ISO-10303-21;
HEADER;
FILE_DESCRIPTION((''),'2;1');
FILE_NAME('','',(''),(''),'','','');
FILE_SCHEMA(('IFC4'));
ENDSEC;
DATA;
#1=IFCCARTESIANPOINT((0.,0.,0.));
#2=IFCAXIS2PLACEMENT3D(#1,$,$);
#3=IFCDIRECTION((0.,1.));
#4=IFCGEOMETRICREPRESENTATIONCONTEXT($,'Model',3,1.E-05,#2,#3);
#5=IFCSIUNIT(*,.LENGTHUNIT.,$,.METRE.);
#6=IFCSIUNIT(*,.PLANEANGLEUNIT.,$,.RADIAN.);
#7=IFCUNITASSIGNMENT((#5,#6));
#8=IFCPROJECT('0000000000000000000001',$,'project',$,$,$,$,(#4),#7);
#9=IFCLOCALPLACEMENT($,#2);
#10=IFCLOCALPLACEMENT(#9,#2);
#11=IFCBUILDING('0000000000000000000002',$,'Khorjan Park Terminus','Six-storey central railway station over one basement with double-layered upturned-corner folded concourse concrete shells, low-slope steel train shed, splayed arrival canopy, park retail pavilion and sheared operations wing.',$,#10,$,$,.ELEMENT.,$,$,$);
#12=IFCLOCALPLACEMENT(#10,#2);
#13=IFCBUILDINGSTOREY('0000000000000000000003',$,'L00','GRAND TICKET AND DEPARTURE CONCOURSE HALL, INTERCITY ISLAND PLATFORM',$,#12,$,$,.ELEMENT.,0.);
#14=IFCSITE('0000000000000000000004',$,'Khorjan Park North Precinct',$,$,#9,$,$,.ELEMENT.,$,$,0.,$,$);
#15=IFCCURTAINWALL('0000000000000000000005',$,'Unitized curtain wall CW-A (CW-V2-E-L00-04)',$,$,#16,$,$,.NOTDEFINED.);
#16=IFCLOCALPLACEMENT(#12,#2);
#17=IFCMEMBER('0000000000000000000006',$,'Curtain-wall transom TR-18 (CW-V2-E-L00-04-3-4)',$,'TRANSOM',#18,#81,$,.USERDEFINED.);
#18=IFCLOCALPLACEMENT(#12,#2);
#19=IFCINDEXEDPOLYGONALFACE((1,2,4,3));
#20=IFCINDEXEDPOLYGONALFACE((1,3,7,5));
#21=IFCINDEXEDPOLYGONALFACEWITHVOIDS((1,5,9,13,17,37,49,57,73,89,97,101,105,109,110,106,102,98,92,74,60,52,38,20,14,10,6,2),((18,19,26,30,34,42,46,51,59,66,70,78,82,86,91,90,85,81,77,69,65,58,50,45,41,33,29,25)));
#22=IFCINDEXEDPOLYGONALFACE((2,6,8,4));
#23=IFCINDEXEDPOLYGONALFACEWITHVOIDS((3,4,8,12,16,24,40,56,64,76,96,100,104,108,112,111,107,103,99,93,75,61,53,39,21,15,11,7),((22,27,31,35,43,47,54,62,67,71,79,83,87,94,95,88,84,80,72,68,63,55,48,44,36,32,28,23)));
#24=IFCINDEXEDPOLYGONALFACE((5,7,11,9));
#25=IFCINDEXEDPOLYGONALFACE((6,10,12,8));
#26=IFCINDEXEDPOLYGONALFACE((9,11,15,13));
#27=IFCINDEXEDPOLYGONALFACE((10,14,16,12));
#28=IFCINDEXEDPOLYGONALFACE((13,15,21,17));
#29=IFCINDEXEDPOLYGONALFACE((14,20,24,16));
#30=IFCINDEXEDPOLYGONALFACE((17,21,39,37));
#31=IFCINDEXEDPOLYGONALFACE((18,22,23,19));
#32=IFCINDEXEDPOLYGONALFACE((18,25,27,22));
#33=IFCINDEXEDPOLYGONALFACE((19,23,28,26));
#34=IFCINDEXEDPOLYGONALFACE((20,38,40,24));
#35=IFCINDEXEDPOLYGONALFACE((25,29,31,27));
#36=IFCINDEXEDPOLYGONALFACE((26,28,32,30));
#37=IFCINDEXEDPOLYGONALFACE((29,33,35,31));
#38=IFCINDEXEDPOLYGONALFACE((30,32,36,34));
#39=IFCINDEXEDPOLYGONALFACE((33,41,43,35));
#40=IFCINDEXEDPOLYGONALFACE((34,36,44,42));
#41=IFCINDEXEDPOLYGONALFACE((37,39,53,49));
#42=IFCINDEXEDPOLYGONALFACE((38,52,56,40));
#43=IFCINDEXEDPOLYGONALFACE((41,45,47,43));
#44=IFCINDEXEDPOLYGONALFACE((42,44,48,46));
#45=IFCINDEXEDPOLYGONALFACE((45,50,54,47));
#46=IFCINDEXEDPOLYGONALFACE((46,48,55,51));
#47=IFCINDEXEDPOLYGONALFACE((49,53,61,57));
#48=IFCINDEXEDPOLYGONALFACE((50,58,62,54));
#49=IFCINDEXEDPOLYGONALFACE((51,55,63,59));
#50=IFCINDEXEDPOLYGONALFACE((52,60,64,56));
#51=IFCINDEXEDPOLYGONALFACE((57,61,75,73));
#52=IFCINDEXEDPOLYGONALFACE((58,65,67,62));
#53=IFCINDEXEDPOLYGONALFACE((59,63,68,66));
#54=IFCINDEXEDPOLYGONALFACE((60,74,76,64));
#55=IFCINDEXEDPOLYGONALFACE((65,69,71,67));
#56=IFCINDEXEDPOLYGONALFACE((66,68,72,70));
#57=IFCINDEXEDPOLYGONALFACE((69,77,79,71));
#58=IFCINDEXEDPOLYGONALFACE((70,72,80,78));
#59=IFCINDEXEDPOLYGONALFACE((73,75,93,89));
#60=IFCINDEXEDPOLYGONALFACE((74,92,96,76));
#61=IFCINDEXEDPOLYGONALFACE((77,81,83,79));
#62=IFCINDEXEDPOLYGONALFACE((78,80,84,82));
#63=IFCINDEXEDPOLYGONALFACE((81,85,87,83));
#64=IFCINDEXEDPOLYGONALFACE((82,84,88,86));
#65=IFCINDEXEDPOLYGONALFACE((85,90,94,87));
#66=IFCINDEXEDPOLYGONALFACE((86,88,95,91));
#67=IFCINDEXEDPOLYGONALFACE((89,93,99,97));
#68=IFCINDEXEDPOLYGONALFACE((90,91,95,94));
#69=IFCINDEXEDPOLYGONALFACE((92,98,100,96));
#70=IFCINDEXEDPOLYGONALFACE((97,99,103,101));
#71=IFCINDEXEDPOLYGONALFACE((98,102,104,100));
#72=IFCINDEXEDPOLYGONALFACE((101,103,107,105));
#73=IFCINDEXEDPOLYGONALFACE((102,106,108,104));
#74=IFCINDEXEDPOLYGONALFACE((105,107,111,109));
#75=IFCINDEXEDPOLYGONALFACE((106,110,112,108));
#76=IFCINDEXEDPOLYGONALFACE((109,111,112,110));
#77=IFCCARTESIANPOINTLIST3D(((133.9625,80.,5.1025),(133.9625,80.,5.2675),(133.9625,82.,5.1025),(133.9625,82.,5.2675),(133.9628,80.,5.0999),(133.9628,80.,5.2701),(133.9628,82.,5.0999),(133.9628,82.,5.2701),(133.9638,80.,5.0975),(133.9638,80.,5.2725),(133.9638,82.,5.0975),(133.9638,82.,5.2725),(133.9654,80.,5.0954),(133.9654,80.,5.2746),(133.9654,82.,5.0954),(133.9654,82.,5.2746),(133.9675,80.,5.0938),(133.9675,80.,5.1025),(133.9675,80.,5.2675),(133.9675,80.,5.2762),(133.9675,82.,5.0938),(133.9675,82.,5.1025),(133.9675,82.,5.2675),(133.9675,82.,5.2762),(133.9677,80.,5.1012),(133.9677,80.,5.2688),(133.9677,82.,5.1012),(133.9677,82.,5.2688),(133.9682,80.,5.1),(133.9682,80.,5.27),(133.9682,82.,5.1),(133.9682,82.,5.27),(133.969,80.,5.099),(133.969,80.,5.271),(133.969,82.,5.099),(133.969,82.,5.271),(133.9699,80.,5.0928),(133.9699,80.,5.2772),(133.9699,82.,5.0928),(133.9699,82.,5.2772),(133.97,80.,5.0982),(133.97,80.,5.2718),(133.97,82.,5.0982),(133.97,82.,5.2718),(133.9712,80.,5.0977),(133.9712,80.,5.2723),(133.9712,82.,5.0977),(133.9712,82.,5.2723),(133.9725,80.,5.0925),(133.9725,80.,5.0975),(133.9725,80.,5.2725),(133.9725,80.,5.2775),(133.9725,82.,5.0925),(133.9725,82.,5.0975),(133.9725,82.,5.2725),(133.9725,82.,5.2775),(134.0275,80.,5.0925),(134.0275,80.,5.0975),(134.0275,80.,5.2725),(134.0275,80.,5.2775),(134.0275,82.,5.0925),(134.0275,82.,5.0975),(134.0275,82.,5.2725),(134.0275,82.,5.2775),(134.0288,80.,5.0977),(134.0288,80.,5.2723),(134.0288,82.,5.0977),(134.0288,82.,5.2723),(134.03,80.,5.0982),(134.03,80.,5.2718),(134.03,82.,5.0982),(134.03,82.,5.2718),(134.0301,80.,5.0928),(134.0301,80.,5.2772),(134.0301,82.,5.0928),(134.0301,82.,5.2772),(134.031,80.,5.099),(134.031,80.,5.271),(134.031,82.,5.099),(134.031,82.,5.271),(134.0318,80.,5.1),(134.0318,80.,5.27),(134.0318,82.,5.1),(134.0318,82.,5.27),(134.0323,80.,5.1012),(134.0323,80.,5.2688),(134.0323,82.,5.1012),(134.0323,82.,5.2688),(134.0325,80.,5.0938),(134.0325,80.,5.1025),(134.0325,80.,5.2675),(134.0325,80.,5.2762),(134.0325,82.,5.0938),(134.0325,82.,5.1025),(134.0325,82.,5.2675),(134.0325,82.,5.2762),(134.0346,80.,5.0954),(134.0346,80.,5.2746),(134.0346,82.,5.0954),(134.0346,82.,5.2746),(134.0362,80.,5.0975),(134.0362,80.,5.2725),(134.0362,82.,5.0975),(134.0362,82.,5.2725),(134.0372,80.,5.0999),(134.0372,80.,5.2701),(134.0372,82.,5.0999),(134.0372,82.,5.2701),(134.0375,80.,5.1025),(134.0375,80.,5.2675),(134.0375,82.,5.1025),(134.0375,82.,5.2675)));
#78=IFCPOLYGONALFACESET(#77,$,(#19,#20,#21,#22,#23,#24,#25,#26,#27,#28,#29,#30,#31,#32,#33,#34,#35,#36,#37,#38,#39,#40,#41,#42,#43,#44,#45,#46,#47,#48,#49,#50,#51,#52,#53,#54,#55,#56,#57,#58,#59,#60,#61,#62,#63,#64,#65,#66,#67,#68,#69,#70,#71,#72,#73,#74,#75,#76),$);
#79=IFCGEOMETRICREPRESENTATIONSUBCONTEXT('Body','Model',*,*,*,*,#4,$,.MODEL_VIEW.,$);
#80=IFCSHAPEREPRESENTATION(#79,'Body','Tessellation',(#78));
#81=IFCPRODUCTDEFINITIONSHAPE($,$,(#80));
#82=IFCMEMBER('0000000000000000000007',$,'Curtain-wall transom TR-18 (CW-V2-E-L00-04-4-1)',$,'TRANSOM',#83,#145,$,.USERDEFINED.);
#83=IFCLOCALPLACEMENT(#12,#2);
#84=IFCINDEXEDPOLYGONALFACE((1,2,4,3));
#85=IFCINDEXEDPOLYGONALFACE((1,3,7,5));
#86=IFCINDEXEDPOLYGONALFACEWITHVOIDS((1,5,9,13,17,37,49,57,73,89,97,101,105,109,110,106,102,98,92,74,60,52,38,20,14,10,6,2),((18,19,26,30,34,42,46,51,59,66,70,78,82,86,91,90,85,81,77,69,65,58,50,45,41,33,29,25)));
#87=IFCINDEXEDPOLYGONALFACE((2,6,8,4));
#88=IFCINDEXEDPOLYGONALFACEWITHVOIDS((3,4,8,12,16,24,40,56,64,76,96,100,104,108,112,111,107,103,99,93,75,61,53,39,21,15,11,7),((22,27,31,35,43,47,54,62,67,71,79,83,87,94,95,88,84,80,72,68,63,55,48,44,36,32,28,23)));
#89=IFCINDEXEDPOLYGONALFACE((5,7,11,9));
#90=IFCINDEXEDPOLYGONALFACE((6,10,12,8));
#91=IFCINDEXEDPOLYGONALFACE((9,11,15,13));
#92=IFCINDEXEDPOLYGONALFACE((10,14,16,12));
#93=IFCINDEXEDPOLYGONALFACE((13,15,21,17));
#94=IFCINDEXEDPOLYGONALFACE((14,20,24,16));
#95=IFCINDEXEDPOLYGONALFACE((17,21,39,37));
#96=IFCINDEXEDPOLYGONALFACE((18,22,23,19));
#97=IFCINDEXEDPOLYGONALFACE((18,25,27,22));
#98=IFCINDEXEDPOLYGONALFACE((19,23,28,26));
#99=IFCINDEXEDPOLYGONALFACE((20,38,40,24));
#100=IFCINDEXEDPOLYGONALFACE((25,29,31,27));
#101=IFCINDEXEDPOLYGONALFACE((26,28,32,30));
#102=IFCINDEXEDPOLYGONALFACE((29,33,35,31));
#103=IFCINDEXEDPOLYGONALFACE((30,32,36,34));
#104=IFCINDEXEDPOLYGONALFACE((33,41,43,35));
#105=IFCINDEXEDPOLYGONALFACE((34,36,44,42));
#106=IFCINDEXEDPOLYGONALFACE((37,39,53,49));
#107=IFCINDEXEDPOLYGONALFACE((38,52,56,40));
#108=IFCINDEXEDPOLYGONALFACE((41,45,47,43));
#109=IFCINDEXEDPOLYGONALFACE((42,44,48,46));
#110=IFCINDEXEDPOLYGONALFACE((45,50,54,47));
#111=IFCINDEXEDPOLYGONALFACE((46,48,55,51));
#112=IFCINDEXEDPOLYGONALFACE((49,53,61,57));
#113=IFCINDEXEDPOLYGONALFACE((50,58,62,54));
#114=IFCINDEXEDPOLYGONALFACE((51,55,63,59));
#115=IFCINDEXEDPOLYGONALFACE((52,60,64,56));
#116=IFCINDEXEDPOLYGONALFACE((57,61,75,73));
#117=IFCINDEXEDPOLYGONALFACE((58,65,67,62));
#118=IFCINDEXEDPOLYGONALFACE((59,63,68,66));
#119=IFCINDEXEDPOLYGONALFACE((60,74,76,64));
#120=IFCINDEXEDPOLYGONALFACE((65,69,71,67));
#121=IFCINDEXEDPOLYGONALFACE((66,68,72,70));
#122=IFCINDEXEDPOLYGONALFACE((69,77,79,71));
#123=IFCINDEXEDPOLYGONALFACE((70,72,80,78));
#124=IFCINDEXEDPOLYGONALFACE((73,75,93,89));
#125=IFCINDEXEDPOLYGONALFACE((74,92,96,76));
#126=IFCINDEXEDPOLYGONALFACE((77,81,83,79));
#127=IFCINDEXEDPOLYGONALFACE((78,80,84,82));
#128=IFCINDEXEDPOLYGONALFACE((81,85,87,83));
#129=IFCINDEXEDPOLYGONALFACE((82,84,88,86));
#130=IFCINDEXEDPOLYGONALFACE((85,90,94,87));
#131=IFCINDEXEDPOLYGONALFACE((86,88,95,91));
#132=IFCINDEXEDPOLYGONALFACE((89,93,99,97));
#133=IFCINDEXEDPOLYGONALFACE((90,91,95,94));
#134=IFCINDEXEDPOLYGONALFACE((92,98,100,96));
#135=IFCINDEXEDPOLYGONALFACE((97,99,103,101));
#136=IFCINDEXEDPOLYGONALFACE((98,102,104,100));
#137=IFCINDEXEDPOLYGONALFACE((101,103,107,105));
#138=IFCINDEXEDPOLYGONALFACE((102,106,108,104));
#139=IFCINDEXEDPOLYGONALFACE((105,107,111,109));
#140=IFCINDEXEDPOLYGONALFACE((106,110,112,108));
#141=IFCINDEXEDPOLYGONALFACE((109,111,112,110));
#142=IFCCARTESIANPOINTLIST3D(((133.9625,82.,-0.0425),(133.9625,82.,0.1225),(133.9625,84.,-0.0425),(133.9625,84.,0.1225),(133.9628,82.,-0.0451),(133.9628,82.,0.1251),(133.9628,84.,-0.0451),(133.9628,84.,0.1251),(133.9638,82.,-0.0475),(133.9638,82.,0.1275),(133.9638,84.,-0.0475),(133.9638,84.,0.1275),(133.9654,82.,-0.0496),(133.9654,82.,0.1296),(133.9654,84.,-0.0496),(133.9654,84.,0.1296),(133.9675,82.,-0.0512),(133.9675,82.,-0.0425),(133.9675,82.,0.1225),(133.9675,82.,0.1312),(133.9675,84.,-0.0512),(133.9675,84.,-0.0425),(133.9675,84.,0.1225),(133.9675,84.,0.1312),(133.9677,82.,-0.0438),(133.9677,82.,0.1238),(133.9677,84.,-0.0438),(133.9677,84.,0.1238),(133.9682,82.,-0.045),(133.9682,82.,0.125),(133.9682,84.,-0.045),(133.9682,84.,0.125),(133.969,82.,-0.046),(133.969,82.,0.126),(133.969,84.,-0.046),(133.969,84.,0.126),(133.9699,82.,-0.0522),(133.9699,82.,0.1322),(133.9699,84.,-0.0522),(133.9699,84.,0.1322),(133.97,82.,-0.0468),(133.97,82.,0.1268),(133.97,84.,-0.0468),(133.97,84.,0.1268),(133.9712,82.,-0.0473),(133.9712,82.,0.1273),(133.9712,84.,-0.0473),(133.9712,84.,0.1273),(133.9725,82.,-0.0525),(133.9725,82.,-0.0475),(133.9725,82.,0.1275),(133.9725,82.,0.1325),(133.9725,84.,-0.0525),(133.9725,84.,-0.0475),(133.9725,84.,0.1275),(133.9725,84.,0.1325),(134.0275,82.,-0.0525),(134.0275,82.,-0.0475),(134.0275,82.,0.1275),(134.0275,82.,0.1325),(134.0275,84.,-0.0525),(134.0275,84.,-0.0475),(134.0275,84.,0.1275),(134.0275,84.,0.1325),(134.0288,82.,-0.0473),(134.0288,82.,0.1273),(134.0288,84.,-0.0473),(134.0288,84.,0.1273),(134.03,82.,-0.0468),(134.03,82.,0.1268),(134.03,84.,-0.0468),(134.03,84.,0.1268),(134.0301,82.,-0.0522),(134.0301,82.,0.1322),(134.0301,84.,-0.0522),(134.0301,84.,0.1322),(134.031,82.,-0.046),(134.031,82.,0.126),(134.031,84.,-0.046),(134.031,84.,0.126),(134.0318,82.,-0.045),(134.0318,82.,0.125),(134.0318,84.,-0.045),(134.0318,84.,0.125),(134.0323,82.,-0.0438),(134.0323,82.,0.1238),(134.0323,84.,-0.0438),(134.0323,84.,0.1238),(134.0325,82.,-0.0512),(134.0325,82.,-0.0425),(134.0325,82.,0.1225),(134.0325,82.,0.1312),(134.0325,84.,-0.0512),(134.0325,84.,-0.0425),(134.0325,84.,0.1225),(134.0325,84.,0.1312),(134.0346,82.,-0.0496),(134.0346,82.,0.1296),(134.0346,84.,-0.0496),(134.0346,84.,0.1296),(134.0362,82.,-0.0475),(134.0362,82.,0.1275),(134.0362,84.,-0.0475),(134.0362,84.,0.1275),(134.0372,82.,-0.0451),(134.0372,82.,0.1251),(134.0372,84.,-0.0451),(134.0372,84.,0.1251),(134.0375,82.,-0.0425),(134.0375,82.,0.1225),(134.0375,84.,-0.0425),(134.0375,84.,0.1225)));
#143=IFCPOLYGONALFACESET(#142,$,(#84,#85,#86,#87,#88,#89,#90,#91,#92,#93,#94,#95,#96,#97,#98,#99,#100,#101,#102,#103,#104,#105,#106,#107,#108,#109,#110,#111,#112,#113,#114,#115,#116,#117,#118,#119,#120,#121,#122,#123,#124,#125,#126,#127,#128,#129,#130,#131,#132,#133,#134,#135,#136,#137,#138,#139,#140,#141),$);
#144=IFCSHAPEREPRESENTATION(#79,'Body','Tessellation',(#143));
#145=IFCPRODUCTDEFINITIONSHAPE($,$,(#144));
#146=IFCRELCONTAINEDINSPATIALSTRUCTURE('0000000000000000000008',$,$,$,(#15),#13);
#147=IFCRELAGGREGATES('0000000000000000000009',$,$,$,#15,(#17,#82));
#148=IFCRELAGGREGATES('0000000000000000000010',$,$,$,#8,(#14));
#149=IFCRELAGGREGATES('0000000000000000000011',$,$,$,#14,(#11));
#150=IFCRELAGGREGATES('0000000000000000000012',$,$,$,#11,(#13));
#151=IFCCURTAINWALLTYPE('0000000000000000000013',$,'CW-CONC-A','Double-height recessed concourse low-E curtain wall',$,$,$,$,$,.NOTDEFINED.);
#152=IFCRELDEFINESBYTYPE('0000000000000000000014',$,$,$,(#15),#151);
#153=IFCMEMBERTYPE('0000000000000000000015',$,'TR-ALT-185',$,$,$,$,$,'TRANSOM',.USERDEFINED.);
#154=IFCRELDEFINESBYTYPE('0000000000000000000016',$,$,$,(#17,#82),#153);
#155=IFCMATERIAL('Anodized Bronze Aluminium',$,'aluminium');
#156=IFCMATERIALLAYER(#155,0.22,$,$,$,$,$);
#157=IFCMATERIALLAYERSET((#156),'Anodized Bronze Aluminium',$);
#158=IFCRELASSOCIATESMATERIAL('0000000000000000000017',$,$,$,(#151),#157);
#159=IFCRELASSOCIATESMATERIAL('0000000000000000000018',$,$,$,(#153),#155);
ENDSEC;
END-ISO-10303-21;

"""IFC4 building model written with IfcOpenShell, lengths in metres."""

from ifc_helpers import new_model, si_unit, direction, frame, origin, origin_2d, place, context, subcontext, project, spatial, hollow_rectangle, extrude, material, layer, layer_set, material_profile, profile_set, type_object, element, aggregate, save


model = new_model("IFC4")

# Units and contexts
model_context = context("Model", 3, precision=1e-05, world=origin(), true_north=direction((0.0, 1.0)))
body_context = subcontext(model_context, "Body", "Model", "MODEL_VIEW")
ifc_project = project(units=[si_unit("LENGTHUNIT", "METRE"), si_unit("PLANEANGLEUNIT", "RADIAN")], contexts=[model_context])

# Site, building, storey
site_placement = place(None, origin())
site = spatial("IfcSite", under=ifc_project, at=site_placement, Name="Khorjan Park North Precinct", CompositionType="ELEMENT", RefElevation=0.0)
building_placement = place(site_placement, origin())
building = spatial("IfcBuilding", under=site, at=building_placement, Name="Khorjan Park Terminus", Description="Six-storey central railway station over one basement with double-layered upturned-corner folded concourse concrete shells, low-slope steel train shed, splayed arrival canopy, park retail pavilion and sheared operations wing.", CompositionType="ELEMENT")
storey_placement = place(building_placement, origin())
storey = spatial("IfcBuildingStorey", under=building, at=storey_placement, Name="L00", Description="GRAND TICKET AND DEPARTURE CONCOURSE HALL, INTERCITY ISLAND PLATFORM", CompositionType="ELEMENT", Elevation=0.0)

# Curtain wall, members
ifc_material_1 = material(Name="Anodized Bronze Aluminium", Category="aluminium")
ifc_layer_1 = layer(ifc_material_1, 0.22)
ifc_layer_set_1 = layer_set([ifc_layer_1], Name="Anodized Bronze Aluminium")
curtain_wall_type = type_object("IfcCurtainWallType", Name="CW-CONC-A", Description="Double-height recessed concourse low-E curtain wall", PredefinedType="NOTDEFINED", material=ifc_layer_set_1)
curtain_wall_placement = place(storey_placement, origin())
curtain_wall = element("IfcCurtainWall", 1, at=curtain_wall_placement, inside=storey, type_object=curtain_wall_type, Name="Unitized curtain wall CW-A (CW-V2-E-L00-04)", PredefinedType="NOTDEFINED")
ifc_material_profile_1 = material_profile(ifc_material_1, hollow_rectangle(XDim=0.075, YDim=0.185, WallThickness=0.005, InnerFilletRadius=0.005, OuterFilletRadius=0.01, at=origin_2d()), Name="ALT 75x185x5")
ifc_profile_set_1 = profile_set([ifc_material_profile_1], Name="Anodized Bronze Aluminium")
member_type_1 = type_object("IfcMemberType", Name="TR-ALT-185", ElementType="TRANSOM", PredefinedType="USERDEFINED", material=ifc_profile_set_1)
member_1_placement = place(storey_placement, frame((134.0, 80.0, 5.185), z_axis=(0.0, 1.0, 0.0), x_axis=(-1.0, 0.0, 0.0)))
member_1 = element("IfcMember", 2, at=member_1_placement, type_object=member_type_1, Name="Curtain-wall transom TR-18 (CW-V2-E-L00-04-3-4)", ObjectType="TRANSOM", PredefinedType="USERDEFINED", context=body_context, shape_type="SweptSolid", body=[
    extrude(hollow_rectangle(XDim=0.075, YDim=0.185, WallThickness=0.005, InnerFilletRadius=0.005, OuterFilletRadius=0.01, at=origin_2d()), origin(), (0.0, 0.0, 1.0), 2.0),
])
member_2_placement = place(storey_placement, frame((134.0, 82.0, 0.04), z_axis=(0.0, 1.0, 0.0), x_axis=(-1.0, 0.0, 0.0)))
member_2 = element("IfcMember", 3, at=member_2_placement, type_object=member_type_1, Name="Curtain-wall transom TR-18 (CW-V2-E-L00-04-4-1)", ObjectType="TRANSOM", PredefinedType="USERDEFINED", context=body_context, shape_type="SweptSolid", body=[
    extrude(hollow_rectangle(XDim=0.075, YDim=0.185, WallThickness=0.005, InnerFilletRadius=0.005, OuterFilletRadius=0.01, at=origin_2d()), origin(), (0.0, 0.0, 1.0), 2.0),
])
aggregate(curtain_wall, [member_1, member_2])

save(model, "model.ifc")
